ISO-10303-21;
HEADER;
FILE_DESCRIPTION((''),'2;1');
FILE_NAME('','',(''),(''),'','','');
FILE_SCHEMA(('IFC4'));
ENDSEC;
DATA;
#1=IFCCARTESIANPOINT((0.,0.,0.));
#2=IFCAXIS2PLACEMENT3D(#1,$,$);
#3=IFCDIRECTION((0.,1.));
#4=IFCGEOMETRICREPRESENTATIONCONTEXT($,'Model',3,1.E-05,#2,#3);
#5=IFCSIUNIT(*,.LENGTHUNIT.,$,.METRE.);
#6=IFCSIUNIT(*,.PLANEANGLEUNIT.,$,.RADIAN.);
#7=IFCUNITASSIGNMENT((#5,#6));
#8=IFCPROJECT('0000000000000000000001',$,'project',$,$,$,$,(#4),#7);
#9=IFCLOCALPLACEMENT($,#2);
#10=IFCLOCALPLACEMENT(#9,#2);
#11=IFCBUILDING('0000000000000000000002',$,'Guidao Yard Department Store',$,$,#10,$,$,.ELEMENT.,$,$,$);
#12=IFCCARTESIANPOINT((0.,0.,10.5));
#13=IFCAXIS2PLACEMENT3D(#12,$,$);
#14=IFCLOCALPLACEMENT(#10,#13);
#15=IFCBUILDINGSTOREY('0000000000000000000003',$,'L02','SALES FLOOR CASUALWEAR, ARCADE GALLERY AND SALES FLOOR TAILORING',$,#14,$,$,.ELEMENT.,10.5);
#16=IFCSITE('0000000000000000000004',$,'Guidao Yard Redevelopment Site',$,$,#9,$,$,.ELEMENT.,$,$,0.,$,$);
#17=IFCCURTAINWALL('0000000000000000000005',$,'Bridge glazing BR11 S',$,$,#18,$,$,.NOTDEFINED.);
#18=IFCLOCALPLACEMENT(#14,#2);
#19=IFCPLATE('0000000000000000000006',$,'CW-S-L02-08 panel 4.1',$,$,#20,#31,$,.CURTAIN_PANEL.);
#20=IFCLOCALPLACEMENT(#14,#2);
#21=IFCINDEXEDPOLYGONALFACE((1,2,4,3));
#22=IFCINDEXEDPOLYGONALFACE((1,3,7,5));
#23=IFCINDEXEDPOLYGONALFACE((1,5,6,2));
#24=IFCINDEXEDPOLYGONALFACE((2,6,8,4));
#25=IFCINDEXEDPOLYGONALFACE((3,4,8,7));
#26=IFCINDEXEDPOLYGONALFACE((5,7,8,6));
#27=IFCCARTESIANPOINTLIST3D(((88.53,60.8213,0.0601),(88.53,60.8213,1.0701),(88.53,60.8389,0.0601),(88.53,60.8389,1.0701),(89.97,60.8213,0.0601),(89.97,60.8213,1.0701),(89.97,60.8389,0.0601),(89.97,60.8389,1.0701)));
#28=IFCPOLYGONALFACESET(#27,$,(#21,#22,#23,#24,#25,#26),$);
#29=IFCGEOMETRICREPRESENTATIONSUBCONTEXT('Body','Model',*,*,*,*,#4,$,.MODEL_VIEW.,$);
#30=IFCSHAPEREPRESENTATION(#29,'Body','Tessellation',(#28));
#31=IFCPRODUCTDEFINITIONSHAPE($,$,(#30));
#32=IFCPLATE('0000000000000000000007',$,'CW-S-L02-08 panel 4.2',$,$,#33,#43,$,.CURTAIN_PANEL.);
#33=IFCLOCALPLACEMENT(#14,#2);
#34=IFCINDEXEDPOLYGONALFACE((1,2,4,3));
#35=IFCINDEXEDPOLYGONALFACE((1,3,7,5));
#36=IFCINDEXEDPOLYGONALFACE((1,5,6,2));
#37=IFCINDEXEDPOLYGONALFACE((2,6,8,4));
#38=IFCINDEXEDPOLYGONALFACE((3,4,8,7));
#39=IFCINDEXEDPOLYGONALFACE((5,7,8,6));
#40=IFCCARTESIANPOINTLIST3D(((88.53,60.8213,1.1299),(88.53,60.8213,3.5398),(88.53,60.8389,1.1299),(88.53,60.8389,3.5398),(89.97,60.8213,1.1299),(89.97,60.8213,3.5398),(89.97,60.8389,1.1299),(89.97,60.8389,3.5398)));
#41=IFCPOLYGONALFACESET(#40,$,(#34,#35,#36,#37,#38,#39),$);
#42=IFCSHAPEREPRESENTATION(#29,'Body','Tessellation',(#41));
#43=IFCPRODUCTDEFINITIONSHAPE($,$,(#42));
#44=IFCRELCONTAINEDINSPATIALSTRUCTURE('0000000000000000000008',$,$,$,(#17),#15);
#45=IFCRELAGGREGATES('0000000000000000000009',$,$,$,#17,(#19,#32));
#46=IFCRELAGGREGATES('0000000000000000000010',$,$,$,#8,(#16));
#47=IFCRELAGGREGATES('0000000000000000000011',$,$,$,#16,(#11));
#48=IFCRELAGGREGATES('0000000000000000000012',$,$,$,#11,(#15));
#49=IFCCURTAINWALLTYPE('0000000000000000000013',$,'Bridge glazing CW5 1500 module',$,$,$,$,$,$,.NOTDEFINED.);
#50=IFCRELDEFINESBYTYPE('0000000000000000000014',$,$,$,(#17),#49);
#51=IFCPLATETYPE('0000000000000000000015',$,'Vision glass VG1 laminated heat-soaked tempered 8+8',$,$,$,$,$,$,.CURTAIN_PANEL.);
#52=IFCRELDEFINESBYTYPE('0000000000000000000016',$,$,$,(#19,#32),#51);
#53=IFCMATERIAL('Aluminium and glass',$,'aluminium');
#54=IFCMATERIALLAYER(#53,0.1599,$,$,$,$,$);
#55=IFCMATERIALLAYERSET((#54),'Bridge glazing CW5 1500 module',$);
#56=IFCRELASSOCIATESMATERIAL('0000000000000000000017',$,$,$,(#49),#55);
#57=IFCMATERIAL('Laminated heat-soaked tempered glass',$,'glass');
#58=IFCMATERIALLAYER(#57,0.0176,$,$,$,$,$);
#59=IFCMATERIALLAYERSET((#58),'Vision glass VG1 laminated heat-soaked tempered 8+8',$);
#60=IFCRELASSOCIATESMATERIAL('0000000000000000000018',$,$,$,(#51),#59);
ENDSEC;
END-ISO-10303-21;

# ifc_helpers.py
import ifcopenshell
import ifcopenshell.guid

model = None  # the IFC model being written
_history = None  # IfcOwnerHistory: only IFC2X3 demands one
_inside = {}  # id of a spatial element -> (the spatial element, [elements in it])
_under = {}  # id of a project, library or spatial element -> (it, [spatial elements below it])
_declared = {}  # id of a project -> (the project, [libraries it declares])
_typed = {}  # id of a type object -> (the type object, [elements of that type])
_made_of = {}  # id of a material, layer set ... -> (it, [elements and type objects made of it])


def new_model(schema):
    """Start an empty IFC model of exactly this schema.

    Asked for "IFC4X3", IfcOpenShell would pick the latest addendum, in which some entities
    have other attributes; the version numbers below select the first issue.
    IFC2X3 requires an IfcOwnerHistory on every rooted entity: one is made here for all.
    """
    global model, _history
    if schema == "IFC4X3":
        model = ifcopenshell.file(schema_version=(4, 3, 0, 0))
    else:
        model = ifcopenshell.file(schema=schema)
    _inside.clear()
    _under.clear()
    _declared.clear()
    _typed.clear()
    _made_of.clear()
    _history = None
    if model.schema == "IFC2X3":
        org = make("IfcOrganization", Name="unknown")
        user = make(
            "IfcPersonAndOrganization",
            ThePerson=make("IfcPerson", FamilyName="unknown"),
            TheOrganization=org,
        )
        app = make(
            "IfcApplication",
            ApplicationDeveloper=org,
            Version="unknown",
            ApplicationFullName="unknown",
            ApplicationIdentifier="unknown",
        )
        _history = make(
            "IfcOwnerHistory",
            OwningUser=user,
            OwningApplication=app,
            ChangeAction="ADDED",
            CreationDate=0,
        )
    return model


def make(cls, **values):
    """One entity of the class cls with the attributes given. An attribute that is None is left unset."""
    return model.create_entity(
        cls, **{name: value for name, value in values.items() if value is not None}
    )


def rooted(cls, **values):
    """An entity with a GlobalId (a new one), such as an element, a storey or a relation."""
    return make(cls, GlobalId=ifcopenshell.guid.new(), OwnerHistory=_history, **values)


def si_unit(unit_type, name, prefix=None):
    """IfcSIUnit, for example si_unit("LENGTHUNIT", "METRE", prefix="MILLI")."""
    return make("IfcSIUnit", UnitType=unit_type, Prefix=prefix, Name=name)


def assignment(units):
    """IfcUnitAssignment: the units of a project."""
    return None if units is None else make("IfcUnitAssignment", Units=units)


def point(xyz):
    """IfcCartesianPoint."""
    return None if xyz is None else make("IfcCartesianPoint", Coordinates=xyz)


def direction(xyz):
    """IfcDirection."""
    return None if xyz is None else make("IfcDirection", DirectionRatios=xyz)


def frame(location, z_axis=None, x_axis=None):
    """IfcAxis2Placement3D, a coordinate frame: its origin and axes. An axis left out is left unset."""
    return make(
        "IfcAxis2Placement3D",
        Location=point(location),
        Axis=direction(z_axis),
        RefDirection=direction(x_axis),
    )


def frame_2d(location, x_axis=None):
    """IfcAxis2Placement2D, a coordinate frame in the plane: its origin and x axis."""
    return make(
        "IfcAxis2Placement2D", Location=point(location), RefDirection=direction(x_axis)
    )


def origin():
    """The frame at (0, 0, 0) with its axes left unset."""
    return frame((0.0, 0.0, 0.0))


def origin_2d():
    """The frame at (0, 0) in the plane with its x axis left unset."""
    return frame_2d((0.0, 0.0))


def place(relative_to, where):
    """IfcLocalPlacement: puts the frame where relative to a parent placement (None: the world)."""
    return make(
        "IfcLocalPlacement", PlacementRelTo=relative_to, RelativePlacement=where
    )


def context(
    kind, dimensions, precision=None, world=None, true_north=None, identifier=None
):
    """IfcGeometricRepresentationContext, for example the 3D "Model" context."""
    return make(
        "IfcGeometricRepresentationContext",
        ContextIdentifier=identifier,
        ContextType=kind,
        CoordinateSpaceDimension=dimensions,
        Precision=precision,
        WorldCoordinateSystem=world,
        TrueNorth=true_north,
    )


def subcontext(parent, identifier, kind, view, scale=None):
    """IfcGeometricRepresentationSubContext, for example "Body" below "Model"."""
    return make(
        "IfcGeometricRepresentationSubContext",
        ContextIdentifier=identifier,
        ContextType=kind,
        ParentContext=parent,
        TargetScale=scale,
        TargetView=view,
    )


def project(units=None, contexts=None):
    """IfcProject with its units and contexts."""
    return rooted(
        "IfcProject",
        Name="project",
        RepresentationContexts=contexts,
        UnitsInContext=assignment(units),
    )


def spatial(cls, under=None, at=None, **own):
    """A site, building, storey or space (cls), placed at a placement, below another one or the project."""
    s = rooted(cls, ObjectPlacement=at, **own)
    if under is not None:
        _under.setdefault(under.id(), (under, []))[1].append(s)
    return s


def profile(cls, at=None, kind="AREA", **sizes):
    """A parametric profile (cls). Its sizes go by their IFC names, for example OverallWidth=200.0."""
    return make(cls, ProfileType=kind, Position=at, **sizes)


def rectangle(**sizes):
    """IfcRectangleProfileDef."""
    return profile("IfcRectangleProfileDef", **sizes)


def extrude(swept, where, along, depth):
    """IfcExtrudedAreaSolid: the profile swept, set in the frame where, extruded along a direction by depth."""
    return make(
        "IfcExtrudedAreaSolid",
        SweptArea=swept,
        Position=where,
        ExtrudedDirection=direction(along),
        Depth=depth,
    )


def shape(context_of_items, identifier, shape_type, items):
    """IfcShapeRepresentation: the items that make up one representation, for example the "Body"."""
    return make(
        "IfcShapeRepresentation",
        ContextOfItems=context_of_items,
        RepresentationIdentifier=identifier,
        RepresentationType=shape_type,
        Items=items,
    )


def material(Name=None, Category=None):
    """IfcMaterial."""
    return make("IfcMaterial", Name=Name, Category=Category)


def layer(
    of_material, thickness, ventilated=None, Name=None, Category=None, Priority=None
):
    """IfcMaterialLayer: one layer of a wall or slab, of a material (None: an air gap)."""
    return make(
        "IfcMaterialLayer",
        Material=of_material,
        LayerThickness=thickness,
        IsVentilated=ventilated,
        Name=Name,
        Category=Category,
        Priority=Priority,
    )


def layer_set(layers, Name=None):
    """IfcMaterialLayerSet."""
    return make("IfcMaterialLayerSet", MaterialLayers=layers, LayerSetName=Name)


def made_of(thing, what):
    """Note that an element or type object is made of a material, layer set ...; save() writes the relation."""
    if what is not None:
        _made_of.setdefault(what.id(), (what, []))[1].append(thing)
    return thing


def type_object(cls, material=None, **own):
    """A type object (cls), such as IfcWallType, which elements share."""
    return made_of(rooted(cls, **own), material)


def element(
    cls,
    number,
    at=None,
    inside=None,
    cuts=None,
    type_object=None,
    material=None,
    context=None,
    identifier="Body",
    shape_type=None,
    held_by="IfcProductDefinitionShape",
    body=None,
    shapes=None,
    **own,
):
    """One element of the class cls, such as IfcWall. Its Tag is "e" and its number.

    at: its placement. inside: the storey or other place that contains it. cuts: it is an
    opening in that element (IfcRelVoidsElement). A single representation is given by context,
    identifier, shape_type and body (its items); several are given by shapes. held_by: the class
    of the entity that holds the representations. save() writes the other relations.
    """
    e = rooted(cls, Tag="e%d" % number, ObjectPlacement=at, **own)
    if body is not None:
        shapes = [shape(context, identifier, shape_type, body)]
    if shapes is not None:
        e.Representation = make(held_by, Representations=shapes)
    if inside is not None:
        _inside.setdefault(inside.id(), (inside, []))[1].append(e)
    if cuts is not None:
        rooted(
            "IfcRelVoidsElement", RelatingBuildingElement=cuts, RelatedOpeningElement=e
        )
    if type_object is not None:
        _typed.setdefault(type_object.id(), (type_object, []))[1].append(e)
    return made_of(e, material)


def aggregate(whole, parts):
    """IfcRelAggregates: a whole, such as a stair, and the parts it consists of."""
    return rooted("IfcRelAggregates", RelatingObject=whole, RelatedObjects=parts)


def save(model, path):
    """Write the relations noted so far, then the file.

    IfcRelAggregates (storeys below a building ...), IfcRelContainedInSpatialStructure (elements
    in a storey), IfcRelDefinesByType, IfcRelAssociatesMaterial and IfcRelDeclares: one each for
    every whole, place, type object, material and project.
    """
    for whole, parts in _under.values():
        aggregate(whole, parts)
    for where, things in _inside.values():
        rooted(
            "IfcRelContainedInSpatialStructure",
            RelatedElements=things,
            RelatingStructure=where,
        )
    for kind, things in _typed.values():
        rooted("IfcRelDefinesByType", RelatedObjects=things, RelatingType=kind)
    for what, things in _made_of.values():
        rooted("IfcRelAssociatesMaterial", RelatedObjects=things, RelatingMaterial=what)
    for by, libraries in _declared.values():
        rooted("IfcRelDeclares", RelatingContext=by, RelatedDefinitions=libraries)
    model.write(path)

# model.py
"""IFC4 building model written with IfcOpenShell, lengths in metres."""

from ifc_helpers import new_model, si_unit, direction, frame, origin, origin_2d, place, context, subcontext, project, spatial, rectangle, extrude, material, layer, layer_set, type_object, element, aggregate, save


model = new_model("IFC4")

# Units and contexts
model_context = context("Model", 3, precision=1e-05, world=origin(), true_north=direction((0.0, 1.0)))
body_context = subcontext(model_context, "Body", "Model", "MODEL_VIEW")
ifc_project = project(units=[si_unit("LENGTHUNIT", "METRE"), si_unit("PLANEANGLEUNIT", "RADIAN")], contexts=[model_context])

# Site, building, storey
site_placement = place(None, origin())
site = spatial("IfcSite", under=ifc_project, at=site_placement, Name="Guidao Yard Redevelopment Site", CompositionType="ELEMENT", RefElevation=0.0)
building_placement = place(site_placement, origin())
building = spatial("IfcBuilding", under=site, at=building_placement, Name="Guidao Yard Department Store", CompositionType="ELEMENT")
storey_placement = place(building_placement, frame((0.0, 0.0, 10.5)))
storey = spatial("IfcBuildingStorey", under=building, at=storey_placement, Name="L02", Description="SALES FLOOR CASUALWEAR, ARCADE GALLERY AND SALES FLOOR TAILORING", CompositionType="ELEMENT", Elevation=10.5)

# Curtain wall
ifc_material_1 = material(Name="Aluminium and glass", Category="aluminium")
ifc_layer_1 = layer(ifc_material_1, 0.1599)
ifc_layer_set_1 = layer_set([ifc_layer_1], Name="Bridge glazing CW5 1500 module")
curtain_wall_type = type_object("IfcCurtainWallType", Name="Bridge glazing CW5 1500 module", PredefinedType="NOTDEFINED", material=ifc_layer_set_1)
curtain_wall_1_placement = place(storey_placement, origin())
curtain_wall_1 = element("IfcCurtainWall", 1, at=curtain_wall_1_placement, inside=storey, type_object=curtain_wall_type, Name="Bridge glazing BR11 S", PredefinedType="NOTDEFINED")

# Plates
ifc_material_2 = material(Name="Laminated heat-soaked tempered glass", Category="glass")
ifc_layer_2 = layer(ifc_material_2, 0.0176)
ifc_layer_set_2 = layer_set([ifc_layer_2], Name="Vision glass VG1 laminated heat-soaked tempered 8+8")
plate_type = type_object("IfcPlateType", Name="Vision glass VG1 laminated heat-soaked tempered 8+8", PredefinedType="CURTAIN_PANEL", material=ifc_layer_set_2)
plate_1_placement = place(storey_placement, frame((89.25, 60.8301, 0.0601), z_axis=(0.0, 0.0, 1.0), x_axis=(-1.0, 0.0, 0.0)))
plate_1 = element("IfcPlate", 2, at=plate_1_placement, type_object=plate_type, Name="CW-S-L02-08 panel 4.1", PredefinedType="CURTAIN_PANEL", context=body_context, shape_type="SweptSolid", body=[
    extrude(rectangle(XDim=1.4399, YDim=0.0176, at=origin_2d()), origin(), (0.0, 0.0, 1.0), 1.01),
])
plate_2_placement = place(storey_placement, frame((89.25, 60.8301, 1.1299), z_axis=(0.0, 0.0, 1.0), x_axis=(-1.0, 0.0, 0.0)))
plate_2 = element("IfcPlate", 3, at=plate_2_placement, type_object=plate_type, Name="CW-S-L02-08 panel 4.2", PredefinedType="CURTAIN_PANEL", context=body_context, shape_type="SweptSolid", body=[
    extrude(rectangle(XDim=1.4399, YDim=0.0176, at=origin_2d()), origin(), (0.0, 0.0, 1.0), 2.4099),
])
aggregate(curtain_wall_1, [plate_1, plate_2])

save(model, "model.ifc")
